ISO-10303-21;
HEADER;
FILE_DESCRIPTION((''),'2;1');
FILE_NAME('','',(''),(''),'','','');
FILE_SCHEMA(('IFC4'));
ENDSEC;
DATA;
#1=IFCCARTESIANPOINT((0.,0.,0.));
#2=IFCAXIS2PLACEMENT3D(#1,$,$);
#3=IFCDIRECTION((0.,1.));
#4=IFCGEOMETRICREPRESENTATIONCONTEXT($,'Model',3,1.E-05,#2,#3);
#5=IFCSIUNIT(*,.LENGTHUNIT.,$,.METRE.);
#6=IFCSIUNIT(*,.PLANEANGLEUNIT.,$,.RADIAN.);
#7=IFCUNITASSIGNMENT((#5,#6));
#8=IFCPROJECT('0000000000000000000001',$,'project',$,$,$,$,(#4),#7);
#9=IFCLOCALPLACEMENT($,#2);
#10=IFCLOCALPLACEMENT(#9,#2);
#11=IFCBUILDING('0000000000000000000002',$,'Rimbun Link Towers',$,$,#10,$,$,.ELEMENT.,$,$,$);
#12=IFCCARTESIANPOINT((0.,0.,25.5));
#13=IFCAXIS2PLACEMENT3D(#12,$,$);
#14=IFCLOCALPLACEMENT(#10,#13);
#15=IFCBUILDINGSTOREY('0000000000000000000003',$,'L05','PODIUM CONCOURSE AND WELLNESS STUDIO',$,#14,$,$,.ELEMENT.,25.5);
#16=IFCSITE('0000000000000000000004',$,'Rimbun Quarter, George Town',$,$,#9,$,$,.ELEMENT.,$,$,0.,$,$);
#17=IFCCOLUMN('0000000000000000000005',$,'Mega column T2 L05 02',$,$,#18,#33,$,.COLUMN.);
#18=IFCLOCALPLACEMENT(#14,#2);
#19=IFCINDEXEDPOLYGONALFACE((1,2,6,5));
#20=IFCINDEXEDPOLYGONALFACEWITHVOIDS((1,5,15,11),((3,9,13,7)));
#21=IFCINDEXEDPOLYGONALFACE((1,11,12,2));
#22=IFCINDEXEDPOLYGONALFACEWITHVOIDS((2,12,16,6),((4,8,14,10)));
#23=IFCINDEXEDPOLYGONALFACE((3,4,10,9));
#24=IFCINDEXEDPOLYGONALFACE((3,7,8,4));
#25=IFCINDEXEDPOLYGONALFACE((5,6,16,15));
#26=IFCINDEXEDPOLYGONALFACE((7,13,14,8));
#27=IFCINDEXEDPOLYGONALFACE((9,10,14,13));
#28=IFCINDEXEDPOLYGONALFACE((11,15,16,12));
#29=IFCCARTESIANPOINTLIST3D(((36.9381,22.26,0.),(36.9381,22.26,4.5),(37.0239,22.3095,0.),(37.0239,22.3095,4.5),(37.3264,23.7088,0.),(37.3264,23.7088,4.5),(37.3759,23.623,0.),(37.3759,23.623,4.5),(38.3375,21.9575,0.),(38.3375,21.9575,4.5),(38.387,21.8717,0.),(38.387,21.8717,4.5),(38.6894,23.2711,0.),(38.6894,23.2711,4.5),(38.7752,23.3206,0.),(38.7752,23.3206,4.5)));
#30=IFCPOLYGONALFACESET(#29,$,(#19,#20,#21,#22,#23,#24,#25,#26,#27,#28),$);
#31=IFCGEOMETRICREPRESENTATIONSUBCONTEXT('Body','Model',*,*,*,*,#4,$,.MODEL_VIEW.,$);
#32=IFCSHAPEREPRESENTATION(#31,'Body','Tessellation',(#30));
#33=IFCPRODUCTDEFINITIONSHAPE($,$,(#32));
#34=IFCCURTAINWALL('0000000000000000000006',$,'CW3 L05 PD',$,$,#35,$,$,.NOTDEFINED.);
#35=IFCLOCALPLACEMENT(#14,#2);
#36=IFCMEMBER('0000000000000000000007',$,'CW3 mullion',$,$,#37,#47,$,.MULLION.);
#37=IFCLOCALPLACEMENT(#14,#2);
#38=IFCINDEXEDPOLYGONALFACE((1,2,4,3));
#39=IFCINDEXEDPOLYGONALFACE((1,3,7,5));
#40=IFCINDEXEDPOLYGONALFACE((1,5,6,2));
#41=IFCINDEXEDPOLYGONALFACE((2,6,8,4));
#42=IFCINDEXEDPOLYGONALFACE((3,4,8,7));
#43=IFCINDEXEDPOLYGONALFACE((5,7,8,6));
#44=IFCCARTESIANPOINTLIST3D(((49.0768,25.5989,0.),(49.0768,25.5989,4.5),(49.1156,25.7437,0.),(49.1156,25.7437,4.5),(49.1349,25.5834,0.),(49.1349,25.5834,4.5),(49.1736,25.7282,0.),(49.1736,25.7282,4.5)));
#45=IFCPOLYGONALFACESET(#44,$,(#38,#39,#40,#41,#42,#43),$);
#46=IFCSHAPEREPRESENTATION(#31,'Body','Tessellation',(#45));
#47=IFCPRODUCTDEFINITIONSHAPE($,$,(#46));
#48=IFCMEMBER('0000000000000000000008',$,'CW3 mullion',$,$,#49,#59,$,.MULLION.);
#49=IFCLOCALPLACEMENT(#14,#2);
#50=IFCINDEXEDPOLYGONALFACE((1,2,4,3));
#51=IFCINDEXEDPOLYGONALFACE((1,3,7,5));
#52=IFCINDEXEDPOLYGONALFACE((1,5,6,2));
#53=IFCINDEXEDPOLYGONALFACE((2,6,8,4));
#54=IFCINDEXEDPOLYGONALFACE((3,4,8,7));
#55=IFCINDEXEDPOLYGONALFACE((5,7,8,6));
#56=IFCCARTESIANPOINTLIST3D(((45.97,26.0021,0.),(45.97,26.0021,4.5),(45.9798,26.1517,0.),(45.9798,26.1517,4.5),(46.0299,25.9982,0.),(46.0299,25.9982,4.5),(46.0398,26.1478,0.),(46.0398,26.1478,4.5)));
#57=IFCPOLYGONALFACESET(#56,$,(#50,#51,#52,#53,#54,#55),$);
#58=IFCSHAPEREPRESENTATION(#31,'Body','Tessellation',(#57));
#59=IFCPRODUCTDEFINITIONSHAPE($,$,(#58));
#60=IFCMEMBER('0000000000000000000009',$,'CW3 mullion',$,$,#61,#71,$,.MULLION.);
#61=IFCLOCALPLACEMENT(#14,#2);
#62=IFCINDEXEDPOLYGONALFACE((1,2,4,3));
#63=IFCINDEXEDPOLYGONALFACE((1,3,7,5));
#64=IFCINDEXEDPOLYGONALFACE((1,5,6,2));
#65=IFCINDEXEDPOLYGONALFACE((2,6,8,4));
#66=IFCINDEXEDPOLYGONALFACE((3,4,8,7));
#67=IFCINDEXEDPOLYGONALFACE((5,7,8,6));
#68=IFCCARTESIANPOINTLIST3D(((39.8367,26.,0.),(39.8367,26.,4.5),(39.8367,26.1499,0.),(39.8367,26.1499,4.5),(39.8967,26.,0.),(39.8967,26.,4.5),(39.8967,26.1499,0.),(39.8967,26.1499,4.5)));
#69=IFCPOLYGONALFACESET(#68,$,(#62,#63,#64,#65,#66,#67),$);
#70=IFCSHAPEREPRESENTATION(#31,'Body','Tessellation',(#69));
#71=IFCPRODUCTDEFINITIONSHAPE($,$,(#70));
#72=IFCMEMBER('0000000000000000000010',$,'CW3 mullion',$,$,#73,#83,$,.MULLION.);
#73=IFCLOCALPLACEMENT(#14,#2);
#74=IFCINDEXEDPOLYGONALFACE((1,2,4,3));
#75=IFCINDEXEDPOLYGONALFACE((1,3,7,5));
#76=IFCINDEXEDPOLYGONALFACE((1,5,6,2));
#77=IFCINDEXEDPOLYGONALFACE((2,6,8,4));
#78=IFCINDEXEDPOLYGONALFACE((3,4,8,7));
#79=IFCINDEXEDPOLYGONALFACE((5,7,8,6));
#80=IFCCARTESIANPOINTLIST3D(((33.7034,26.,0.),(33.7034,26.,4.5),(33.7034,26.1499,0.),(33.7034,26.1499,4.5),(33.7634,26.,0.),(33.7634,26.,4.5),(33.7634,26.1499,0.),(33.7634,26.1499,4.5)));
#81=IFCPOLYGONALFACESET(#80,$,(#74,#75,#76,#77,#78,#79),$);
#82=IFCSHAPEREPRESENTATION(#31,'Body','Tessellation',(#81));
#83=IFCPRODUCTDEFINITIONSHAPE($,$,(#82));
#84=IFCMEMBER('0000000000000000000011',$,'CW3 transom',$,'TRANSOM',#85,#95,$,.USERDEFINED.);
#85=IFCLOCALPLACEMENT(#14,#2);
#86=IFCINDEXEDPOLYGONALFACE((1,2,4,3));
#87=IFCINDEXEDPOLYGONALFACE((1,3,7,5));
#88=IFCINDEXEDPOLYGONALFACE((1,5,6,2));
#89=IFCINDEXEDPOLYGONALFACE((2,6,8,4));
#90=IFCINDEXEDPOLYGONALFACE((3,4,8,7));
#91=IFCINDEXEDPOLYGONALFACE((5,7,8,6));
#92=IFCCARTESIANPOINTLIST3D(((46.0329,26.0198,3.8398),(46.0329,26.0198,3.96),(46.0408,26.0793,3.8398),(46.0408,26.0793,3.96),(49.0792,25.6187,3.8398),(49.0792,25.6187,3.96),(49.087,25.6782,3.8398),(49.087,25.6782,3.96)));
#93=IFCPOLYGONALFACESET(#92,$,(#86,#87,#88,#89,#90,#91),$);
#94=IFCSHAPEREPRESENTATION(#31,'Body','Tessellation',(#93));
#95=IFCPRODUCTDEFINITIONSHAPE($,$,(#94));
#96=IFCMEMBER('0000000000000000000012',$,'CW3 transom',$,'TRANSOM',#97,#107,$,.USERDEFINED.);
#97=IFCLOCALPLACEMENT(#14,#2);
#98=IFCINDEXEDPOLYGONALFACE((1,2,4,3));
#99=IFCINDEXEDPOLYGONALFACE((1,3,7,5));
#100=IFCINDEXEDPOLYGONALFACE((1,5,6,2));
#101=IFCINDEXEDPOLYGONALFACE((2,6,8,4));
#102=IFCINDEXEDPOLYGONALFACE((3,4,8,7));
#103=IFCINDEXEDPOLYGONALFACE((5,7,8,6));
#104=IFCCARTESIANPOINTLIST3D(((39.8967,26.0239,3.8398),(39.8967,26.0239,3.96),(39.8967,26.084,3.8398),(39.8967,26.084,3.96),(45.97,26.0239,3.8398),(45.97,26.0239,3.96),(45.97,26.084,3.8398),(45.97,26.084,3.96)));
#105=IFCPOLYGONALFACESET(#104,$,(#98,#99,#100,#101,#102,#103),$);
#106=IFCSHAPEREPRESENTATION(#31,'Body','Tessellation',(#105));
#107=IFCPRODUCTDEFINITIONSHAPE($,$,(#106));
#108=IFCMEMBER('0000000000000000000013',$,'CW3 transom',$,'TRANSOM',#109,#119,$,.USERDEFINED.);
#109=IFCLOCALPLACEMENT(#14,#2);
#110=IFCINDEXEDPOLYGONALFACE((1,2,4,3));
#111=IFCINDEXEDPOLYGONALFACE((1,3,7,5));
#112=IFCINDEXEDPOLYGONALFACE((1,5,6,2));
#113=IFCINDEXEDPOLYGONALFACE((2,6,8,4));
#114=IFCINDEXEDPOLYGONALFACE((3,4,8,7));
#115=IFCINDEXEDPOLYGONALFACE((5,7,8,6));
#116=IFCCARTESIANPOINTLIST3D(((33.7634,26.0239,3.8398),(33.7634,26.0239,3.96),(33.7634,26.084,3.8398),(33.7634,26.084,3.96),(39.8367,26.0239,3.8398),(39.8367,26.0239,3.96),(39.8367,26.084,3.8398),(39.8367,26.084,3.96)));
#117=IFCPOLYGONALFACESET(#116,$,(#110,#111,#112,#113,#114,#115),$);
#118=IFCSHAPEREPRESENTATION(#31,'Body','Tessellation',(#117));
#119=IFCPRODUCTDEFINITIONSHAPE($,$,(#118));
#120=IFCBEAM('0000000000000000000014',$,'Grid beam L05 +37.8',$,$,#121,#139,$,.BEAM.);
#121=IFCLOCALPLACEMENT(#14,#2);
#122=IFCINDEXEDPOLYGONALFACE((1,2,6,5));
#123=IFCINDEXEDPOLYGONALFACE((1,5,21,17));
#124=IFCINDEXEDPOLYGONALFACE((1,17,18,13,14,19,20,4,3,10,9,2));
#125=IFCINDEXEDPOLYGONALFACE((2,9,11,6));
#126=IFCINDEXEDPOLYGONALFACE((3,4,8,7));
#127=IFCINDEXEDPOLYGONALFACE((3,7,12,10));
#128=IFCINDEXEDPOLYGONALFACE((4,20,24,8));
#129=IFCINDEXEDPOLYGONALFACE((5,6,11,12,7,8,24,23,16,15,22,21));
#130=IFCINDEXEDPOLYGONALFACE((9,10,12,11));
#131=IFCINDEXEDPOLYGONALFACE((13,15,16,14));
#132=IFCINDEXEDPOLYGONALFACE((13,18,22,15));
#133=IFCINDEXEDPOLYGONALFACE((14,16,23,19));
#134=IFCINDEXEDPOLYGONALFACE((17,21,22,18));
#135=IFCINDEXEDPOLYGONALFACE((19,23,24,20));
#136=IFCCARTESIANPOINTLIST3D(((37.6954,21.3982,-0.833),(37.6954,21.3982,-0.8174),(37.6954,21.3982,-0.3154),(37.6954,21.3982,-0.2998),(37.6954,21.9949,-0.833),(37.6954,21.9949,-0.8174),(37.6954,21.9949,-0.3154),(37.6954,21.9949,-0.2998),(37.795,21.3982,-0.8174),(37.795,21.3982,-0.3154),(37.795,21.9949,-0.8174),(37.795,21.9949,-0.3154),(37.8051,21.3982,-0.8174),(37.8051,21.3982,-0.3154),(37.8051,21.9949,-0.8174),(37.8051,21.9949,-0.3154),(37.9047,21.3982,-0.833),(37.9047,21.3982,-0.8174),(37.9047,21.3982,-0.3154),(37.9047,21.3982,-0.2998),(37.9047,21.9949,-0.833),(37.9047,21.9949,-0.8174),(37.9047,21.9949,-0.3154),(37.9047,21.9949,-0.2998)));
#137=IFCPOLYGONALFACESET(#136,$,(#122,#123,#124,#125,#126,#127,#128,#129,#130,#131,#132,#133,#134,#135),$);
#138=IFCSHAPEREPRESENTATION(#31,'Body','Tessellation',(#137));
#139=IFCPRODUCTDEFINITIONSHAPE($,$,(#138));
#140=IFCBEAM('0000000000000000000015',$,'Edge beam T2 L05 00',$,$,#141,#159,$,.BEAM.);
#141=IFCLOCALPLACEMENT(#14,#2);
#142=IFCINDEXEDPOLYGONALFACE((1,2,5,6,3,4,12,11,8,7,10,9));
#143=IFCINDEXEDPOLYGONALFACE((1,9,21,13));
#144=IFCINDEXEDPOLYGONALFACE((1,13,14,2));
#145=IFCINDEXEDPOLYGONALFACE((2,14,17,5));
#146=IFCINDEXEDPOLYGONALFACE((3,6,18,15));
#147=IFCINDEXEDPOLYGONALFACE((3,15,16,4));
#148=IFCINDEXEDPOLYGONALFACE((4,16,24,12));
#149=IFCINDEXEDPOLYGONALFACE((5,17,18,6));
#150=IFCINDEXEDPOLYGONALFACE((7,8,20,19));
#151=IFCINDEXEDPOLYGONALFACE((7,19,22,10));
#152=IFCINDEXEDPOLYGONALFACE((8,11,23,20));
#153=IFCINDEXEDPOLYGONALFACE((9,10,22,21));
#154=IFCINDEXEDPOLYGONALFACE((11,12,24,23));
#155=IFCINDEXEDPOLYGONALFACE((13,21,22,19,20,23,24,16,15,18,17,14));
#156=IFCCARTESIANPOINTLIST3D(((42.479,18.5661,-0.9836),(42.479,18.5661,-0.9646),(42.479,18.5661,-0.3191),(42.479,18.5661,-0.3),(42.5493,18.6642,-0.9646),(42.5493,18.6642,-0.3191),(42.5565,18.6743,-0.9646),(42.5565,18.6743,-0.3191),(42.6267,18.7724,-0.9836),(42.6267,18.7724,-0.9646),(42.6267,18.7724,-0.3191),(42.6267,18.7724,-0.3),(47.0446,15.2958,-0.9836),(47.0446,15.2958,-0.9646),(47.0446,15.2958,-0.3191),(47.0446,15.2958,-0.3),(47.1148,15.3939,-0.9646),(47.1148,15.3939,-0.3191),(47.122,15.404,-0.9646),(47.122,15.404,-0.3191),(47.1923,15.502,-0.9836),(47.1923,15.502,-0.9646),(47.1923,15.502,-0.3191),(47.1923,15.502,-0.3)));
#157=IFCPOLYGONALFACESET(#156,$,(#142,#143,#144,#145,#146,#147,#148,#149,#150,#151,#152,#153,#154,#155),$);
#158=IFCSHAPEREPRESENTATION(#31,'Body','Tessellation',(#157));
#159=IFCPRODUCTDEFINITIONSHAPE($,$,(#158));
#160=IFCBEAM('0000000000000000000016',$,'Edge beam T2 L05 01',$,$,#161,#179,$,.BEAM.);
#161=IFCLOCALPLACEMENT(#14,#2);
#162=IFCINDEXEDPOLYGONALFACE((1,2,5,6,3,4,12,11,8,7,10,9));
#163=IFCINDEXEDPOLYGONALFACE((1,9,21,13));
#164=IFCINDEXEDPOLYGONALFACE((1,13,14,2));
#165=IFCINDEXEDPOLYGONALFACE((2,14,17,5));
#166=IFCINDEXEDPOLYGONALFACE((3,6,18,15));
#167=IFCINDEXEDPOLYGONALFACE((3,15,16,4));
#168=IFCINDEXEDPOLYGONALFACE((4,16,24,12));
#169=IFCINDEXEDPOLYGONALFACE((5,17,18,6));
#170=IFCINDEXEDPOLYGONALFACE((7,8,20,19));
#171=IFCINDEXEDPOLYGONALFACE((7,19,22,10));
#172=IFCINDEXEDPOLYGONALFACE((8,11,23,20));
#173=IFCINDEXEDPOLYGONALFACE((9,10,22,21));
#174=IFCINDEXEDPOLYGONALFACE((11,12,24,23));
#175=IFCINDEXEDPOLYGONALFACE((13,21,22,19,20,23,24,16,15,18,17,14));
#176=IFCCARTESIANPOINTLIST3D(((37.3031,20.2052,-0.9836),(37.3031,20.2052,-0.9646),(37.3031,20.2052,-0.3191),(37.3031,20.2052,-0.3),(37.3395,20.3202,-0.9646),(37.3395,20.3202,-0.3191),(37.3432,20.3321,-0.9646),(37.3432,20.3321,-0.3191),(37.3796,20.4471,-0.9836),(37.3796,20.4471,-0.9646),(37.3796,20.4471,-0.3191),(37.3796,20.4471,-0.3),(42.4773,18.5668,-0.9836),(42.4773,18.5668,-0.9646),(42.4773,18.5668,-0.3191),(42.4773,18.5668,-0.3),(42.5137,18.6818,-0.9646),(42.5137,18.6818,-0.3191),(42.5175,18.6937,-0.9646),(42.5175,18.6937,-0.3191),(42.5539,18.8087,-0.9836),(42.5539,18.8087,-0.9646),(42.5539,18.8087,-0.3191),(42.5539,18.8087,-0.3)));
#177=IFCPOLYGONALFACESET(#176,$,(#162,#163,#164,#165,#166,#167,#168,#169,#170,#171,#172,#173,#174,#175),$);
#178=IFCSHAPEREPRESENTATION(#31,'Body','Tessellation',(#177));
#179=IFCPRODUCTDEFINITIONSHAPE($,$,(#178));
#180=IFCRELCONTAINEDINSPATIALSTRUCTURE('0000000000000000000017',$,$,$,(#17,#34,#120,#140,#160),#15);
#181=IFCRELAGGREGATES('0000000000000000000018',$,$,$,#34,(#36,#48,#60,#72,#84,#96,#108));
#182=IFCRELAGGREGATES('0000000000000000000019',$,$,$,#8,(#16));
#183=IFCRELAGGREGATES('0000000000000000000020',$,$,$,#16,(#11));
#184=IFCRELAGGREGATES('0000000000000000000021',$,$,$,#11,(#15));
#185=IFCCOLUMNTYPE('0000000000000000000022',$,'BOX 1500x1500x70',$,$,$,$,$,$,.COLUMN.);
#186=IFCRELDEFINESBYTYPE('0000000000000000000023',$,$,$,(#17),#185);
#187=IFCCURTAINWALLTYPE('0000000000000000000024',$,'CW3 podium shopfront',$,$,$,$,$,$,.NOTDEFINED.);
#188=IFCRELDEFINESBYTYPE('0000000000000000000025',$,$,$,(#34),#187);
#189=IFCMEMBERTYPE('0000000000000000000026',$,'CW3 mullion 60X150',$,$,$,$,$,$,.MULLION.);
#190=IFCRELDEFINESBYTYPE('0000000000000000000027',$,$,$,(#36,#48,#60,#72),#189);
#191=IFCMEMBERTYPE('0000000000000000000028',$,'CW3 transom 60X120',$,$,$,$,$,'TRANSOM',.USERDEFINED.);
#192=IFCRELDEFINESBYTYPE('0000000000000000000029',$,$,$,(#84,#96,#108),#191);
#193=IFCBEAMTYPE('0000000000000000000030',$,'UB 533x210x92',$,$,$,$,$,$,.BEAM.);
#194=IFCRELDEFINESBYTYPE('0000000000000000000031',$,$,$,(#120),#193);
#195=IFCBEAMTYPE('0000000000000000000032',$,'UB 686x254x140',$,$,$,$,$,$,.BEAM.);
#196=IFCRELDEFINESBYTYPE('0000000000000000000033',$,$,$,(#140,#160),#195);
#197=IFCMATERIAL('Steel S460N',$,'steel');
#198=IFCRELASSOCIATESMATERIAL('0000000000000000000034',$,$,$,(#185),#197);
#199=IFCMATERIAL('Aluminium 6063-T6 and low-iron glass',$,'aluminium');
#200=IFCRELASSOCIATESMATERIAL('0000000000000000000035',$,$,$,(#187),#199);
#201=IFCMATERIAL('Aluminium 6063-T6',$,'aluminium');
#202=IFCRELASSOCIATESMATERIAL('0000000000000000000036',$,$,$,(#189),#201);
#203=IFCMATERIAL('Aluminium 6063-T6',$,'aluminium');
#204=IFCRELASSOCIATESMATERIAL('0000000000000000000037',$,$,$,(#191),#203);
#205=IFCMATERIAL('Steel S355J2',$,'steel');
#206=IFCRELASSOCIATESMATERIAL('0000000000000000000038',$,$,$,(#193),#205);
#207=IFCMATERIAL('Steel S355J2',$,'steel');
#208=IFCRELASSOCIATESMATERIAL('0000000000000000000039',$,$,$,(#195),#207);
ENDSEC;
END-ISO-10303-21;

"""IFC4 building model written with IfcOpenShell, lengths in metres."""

from ifc_helpers import new_model, si_unit, direction, frame, origin, origin_2d, place, context, subcontext, project, spatial, rectangle, hollow_rectangle, i_section, extrude, material, material_profile, profile_set, type_object, element, aggregate, save


model = new_model("IFC4")

# Units and contexts
model_context = context("Model", 3, precision=1e-05, world=origin(), true_north=direction((0.0, 1.0)))
body_context = subcontext(model_context, "Body", "Model", "MODEL_VIEW")
ifc_project = project(units=[si_unit("LENGTHUNIT", "METRE"), si_unit("PLANEANGLEUNIT", "RADIAN")], contexts=[model_context])

# Site, building, storey
site_placement = place(None, origin())
site = spatial("IfcSite", under=ifc_project, at=site_placement, Name="Rimbun Quarter, George Town", CompositionType="ELEMENT", RefElevation=0.0)
building_placement = place(site_placement, origin())
building = spatial("IfcBuilding", under=site, at=building_placement, Name="Rimbun Link Towers", CompositionType="ELEMENT")
storey_placement = place(building_placement, frame((0.0, 0.0, 25.5)))
storey = spatial("IfcBuildingStorey", under=building, at=storey_placement, Name="L05", Description="PODIUM CONCOURSE AND WELLNESS STUDIO", CompositionType="ELEMENT", Elevation=25.5)

# Column
ifc_material_1 = material(Name="Steel S460N", Category="steel")
ifc_material_profile_1 = material_profile(ifc_material_1, hollow_rectangle(XDim=1.5, YDim=1.5, WallThickness=0.0701, at=origin_2d()), Name="BOX 1500x1500x70")
ifc_profile_set_1 = profile_set([ifc_material_profile_1], Name="Steel S460N")
column_type = type_object("IfcColumnType", Name="BOX 1500x1500x70", PredefinedType="COLUMN", material=ifc_profile_set_1)
column_placement = place(storey_placement, frame((37.8567, 22.7903, 0.0), z_axis=(0.0, 0.0, 1.0), x_axis=(0.258819, 0.965926, 0.0)))
element("IfcColumn", 1, at=column_placement, inside=storey, type_object=column_type, Name="Mega column T2 L05 02", PredefinedType="COLUMN", context=body_context, shape_type="SweptSolid", body=[
    extrude(hollow_rectangle(XDim=1.5, YDim=1.5, WallThickness=0.0701, at=origin_2d()), origin(), (0.0, 0.0, 1.0), 4.5),
])

# Curtain wall, members
ifc_material_2 = material(Name="Aluminium 6063-T6 and low-iron glass", Category="aluminium")
curtain_wall_type = type_object("IfcCurtainWallType", Name="CW3 podium shopfront", PredefinedType="NOTDEFINED", material=ifc_material_2)
curtain_wall_placement = place(storey_placement, origin())
curtain_wall = element("IfcCurtainWall", 2, at=curtain_wall_placement, inside=storey, type_object=curtain_wall_type, Name="CW3 L05 PD", PredefinedType="NOTDEFINED")
ifc_material_3 = material(Name="Aluminium 6063-T6", Category="aluminium")
ifc_material_profile_2 = material_profile(ifc_material_3, rectangle(XDim=0.1499, YDim=0.0601, at=origin_2d()), Name="MULLION 60X150")
ifc_profile_set_2 = profile_set([ifc_material_profile_2], Name="Aluminium 6063-T6")
member_type_1 = type_object("IfcMemberType", Name="CW3 mullion 60X150", PredefinedType="MULLION", material=ifc_profile_set_2)
member_1_placement = place(storey_placement, frame((49.1252, 25.6636, 0.0), z_axis=(0.0, 0.0, 1.0), x_axis=(0.258819, 0.965926, 0.0)))
member_1 = element("IfcMember", 3, at=member_1_placement, type_object=member_type_1, Name="CW3 mullion", PredefinedType="MULLION", context=body_context, shape_type="SweptSolid", body=[
    extrude(rectangle(XDim=0.1499, YDim=0.0601, at=origin_2d()), origin(), (0.0, 0.0, 1.0), 4.5),
])
member_2_placement = place(storey_placement, frame((46.0049, 26.075, 0.0), z_axis=(0.0, 0.0, 1.0), x_axis=(0.065405, 0.997859, 0.0)))
member_2 = element("IfcMember", 4, at=member_2_placement, type_object=member_type_1, Name="CW3 mullion", PredefinedType="MULLION", context=body_context, shape_type="SweptSolid", body=[
    extrude(rectangle(XDim=0.1499, YDim=0.0601, at=origin_2d()), origin(), (0.0, 0.0, 1.0), 4.5),
])
member_3_placement = place(storey_placement, frame((39.8667, 26.075, 0.0), z_axis=(0.0, 0.0, 1.0), x_axis=(0.0, 1.0, 0.0)))
member_3 = element("IfcMember", 5, at=member_3_placement, type_object=member_type_1, Name="CW3 mullion", PredefinedType="MULLION", context=body_context, shape_type="SweptSolid", body=[
    extrude(rectangle(XDim=0.1499, YDim=0.0601, at=origin_2d()), origin(), (0.0, 0.0, 1.0), 4.5),
])
member_4_placement = place(storey_placement, frame((33.7334, 26.075, 0.0), z_axis=(0.0, 0.0, 1.0), x_axis=(0.0, 1.0, 0.0)))
member_4 = element("IfcMember", 6, at=member_4_placement, type_object=member_type_1, Name="CW3 mullion", PredefinedType="MULLION", context=body_context, shape_type="SweptSolid", body=[
    extrude(rectangle(XDim=0.1499, YDim=0.0601, at=origin_2d()), origin(), (0.0, 0.0, 1.0), 4.5),
])
ifc_material_4 = material(Name="Aluminium 6063-T6", Category="aluminium")
ifc_material_profile_3 = material_profile(ifc_material_4, rectangle(XDim=0.0601, YDim=0.1201, at=origin_2d()), Name="TRANSOM 60X120")
ifc_profile_set_3 = profile_set([ifc_material_profile_3], Name="Aluminium 6063-T6")
member_type_2 = type_object("IfcMemberType", Name="CW3 transom 60X120", ElementType="TRANSOM", PredefinedType="USERDEFINED", material=ifc_profile_set_3)
member_5_placement = place(storey_placement, frame((46.0369, 26.0496, 3.8999), z_axis=(0.991441, -0.130555, 0.0), x_axis=(0.130555, 0.991441, 0.0)))
member_5 = element("IfcMember", 7, at=member_5_placement, type_object=member_type_2, Name="CW3 transom", ObjectType="TRANSOM", PredefinedType="USERDEFINED", context=body_context, shape_type="SweptSolid", body=[
    extrude(rectangle(XDim=0.0601, YDim=0.1201, at=origin_2d()), origin(), (0.0, 0.0, 1.0), 3.0725),
])
member_6_placement = place(storey_placement, frame((39.8967, 26.054, 3.8999), z_axis=(1.0, 0.0, 0.0), x_axis=(0.0, 1.0, 0.0)))
member_6 = element("IfcMember", 8, at=member_6_placement, type_object=member_type_2, Name="CW3 transom", ObjectType="TRANSOM", PredefinedType="USERDEFINED", context=body_context, shape_type="SweptSolid", body=[
    extrude(rectangle(XDim=0.0601, YDim=0.1201, at=origin_2d()), origin(), (0.0, 0.0, 1.0), 6.0732),
])
member_7_placement = place(storey_placement, frame((33.7634, 26.054, 3.8999), z_axis=(1.0, 0.0, 0.0), x_axis=(0.0, 1.0, 0.0)))
member_7 = element("IfcMember", 9, at=member_7_placement, type_object=member_type_2, Name="CW3 transom", ObjectType="TRANSOM", PredefinedType="USERDEFINED", context=body_context, shape_type="SweptSolid", body=[
    extrude(rectangle(XDim=0.0601, YDim=0.1201, at=origin_2d()), origin(), (0.0, 0.0, 1.0), 6.0732),
])

# Beams
ifc_material_5 = material(Name="Steel S355J2", Category="steel")
ifc_material_profile_4 = material_profile(ifc_material_5, i_section(OverallWidth=0.2092, OverallDepth=0.5332, WebThickness=0.01, FlangeThickness=0.0156, at=origin_2d()), Name="UB 533x210x92")
ifc_profile_set_4 = profile_set([ifc_material_profile_4], Name="Steel S355J2")
beam_type_1 = type_object("IfcBeamType", Name="UB 533x210x92", PredefinedType="BEAM", material=ifc_profile_set_4)
beam_1_placement = place(storey_placement, frame((37.8, 21.3982, -0.5664), z_axis=(0.0, 1.0, 0.0), x_axis=(-1.0, 0.0, 0.0)))
element("IfcBeam", 10, at=beam_1_placement, inside=storey, type_object=beam_type_1, Name="Grid beam L05 +37.8", PredefinedType="BEAM", context=body_context, shape_type="SweptSolid", body=[
    extrude(i_section(OverallWidth=0.2092, OverallDepth=0.5332, WebThickness=0.01, FlangeThickness=0.0156, at=origin_2d()), origin(), (0.0, 0.0, 1.0), 0.5967),
])
ifc_material_6 = material(Name="Steel S355J2", Category="steel")
ifc_material_profile_5 = material_profile(ifc_material_6, i_section(OverallWidth=0.2537, OverallDepth=0.6836, WebThickness=0.0125, FlangeThickness=0.019, at=origin_2d()), Name="UB 686x254x140")
ifc_profile_set_5 = profile_set([ifc_material_profile_5], Name="Steel S355J2")
beam_type_2 = type_object("IfcBeamType", Name="UB 686x254x140", PredefinedType="BEAM", material=ifc_profile_set_5)
beam_2_placement = place(storey_placement, frame((47.1184, 15.3989, -0.6418), z_axis=(-0.812954, 0.582327, 0.0), x_axis=(-0.582327, -0.812954, 0.0)))
element("IfcBeam", 11, at=beam_2_placement, inside=storey, type_object=beam_type_2, Name="Edge beam T2 L05 00", PredefinedType="BEAM", context=body_context, shape_type="SweptSolid", body=[
    extrude(i_section(OverallWidth=0.2537, OverallDepth=0.6836, WebThickness=0.0125, FlangeThickness=0.019, at=origin_2d()), origin(), (0.0, 0.0, 1.0), 5.616),
])
beam_3_placement = place(storey_placement, frame((42.5156, 18.6877, -0.6418), z_axis=(-0.953348, 0.301874, 0.0), x_axis=(-0.301874, -0.953348, 0.0)))
element("IfcBeam", 12, at=beam_3_placement, inside=storey, type_object=beam_type_2, Name="Edge beam T2 L05 01", PredefinedType="BEAM", context=body_context, shape_type="SweptSolid", body=[
    extrude(i_section(OverallWidth=0.2537, OverallDepth=0.6836, WebThickness=0.0125, FlangeThickness=0.019, at=origin_2d()), origin(), (0.0, 0.0, 1.0), 5.4275),
])

aggregate(curtain_wall, [member_1, member_2, member_3, member_4, member_5, member_6, member_7])

save(model, "model.ifc")
